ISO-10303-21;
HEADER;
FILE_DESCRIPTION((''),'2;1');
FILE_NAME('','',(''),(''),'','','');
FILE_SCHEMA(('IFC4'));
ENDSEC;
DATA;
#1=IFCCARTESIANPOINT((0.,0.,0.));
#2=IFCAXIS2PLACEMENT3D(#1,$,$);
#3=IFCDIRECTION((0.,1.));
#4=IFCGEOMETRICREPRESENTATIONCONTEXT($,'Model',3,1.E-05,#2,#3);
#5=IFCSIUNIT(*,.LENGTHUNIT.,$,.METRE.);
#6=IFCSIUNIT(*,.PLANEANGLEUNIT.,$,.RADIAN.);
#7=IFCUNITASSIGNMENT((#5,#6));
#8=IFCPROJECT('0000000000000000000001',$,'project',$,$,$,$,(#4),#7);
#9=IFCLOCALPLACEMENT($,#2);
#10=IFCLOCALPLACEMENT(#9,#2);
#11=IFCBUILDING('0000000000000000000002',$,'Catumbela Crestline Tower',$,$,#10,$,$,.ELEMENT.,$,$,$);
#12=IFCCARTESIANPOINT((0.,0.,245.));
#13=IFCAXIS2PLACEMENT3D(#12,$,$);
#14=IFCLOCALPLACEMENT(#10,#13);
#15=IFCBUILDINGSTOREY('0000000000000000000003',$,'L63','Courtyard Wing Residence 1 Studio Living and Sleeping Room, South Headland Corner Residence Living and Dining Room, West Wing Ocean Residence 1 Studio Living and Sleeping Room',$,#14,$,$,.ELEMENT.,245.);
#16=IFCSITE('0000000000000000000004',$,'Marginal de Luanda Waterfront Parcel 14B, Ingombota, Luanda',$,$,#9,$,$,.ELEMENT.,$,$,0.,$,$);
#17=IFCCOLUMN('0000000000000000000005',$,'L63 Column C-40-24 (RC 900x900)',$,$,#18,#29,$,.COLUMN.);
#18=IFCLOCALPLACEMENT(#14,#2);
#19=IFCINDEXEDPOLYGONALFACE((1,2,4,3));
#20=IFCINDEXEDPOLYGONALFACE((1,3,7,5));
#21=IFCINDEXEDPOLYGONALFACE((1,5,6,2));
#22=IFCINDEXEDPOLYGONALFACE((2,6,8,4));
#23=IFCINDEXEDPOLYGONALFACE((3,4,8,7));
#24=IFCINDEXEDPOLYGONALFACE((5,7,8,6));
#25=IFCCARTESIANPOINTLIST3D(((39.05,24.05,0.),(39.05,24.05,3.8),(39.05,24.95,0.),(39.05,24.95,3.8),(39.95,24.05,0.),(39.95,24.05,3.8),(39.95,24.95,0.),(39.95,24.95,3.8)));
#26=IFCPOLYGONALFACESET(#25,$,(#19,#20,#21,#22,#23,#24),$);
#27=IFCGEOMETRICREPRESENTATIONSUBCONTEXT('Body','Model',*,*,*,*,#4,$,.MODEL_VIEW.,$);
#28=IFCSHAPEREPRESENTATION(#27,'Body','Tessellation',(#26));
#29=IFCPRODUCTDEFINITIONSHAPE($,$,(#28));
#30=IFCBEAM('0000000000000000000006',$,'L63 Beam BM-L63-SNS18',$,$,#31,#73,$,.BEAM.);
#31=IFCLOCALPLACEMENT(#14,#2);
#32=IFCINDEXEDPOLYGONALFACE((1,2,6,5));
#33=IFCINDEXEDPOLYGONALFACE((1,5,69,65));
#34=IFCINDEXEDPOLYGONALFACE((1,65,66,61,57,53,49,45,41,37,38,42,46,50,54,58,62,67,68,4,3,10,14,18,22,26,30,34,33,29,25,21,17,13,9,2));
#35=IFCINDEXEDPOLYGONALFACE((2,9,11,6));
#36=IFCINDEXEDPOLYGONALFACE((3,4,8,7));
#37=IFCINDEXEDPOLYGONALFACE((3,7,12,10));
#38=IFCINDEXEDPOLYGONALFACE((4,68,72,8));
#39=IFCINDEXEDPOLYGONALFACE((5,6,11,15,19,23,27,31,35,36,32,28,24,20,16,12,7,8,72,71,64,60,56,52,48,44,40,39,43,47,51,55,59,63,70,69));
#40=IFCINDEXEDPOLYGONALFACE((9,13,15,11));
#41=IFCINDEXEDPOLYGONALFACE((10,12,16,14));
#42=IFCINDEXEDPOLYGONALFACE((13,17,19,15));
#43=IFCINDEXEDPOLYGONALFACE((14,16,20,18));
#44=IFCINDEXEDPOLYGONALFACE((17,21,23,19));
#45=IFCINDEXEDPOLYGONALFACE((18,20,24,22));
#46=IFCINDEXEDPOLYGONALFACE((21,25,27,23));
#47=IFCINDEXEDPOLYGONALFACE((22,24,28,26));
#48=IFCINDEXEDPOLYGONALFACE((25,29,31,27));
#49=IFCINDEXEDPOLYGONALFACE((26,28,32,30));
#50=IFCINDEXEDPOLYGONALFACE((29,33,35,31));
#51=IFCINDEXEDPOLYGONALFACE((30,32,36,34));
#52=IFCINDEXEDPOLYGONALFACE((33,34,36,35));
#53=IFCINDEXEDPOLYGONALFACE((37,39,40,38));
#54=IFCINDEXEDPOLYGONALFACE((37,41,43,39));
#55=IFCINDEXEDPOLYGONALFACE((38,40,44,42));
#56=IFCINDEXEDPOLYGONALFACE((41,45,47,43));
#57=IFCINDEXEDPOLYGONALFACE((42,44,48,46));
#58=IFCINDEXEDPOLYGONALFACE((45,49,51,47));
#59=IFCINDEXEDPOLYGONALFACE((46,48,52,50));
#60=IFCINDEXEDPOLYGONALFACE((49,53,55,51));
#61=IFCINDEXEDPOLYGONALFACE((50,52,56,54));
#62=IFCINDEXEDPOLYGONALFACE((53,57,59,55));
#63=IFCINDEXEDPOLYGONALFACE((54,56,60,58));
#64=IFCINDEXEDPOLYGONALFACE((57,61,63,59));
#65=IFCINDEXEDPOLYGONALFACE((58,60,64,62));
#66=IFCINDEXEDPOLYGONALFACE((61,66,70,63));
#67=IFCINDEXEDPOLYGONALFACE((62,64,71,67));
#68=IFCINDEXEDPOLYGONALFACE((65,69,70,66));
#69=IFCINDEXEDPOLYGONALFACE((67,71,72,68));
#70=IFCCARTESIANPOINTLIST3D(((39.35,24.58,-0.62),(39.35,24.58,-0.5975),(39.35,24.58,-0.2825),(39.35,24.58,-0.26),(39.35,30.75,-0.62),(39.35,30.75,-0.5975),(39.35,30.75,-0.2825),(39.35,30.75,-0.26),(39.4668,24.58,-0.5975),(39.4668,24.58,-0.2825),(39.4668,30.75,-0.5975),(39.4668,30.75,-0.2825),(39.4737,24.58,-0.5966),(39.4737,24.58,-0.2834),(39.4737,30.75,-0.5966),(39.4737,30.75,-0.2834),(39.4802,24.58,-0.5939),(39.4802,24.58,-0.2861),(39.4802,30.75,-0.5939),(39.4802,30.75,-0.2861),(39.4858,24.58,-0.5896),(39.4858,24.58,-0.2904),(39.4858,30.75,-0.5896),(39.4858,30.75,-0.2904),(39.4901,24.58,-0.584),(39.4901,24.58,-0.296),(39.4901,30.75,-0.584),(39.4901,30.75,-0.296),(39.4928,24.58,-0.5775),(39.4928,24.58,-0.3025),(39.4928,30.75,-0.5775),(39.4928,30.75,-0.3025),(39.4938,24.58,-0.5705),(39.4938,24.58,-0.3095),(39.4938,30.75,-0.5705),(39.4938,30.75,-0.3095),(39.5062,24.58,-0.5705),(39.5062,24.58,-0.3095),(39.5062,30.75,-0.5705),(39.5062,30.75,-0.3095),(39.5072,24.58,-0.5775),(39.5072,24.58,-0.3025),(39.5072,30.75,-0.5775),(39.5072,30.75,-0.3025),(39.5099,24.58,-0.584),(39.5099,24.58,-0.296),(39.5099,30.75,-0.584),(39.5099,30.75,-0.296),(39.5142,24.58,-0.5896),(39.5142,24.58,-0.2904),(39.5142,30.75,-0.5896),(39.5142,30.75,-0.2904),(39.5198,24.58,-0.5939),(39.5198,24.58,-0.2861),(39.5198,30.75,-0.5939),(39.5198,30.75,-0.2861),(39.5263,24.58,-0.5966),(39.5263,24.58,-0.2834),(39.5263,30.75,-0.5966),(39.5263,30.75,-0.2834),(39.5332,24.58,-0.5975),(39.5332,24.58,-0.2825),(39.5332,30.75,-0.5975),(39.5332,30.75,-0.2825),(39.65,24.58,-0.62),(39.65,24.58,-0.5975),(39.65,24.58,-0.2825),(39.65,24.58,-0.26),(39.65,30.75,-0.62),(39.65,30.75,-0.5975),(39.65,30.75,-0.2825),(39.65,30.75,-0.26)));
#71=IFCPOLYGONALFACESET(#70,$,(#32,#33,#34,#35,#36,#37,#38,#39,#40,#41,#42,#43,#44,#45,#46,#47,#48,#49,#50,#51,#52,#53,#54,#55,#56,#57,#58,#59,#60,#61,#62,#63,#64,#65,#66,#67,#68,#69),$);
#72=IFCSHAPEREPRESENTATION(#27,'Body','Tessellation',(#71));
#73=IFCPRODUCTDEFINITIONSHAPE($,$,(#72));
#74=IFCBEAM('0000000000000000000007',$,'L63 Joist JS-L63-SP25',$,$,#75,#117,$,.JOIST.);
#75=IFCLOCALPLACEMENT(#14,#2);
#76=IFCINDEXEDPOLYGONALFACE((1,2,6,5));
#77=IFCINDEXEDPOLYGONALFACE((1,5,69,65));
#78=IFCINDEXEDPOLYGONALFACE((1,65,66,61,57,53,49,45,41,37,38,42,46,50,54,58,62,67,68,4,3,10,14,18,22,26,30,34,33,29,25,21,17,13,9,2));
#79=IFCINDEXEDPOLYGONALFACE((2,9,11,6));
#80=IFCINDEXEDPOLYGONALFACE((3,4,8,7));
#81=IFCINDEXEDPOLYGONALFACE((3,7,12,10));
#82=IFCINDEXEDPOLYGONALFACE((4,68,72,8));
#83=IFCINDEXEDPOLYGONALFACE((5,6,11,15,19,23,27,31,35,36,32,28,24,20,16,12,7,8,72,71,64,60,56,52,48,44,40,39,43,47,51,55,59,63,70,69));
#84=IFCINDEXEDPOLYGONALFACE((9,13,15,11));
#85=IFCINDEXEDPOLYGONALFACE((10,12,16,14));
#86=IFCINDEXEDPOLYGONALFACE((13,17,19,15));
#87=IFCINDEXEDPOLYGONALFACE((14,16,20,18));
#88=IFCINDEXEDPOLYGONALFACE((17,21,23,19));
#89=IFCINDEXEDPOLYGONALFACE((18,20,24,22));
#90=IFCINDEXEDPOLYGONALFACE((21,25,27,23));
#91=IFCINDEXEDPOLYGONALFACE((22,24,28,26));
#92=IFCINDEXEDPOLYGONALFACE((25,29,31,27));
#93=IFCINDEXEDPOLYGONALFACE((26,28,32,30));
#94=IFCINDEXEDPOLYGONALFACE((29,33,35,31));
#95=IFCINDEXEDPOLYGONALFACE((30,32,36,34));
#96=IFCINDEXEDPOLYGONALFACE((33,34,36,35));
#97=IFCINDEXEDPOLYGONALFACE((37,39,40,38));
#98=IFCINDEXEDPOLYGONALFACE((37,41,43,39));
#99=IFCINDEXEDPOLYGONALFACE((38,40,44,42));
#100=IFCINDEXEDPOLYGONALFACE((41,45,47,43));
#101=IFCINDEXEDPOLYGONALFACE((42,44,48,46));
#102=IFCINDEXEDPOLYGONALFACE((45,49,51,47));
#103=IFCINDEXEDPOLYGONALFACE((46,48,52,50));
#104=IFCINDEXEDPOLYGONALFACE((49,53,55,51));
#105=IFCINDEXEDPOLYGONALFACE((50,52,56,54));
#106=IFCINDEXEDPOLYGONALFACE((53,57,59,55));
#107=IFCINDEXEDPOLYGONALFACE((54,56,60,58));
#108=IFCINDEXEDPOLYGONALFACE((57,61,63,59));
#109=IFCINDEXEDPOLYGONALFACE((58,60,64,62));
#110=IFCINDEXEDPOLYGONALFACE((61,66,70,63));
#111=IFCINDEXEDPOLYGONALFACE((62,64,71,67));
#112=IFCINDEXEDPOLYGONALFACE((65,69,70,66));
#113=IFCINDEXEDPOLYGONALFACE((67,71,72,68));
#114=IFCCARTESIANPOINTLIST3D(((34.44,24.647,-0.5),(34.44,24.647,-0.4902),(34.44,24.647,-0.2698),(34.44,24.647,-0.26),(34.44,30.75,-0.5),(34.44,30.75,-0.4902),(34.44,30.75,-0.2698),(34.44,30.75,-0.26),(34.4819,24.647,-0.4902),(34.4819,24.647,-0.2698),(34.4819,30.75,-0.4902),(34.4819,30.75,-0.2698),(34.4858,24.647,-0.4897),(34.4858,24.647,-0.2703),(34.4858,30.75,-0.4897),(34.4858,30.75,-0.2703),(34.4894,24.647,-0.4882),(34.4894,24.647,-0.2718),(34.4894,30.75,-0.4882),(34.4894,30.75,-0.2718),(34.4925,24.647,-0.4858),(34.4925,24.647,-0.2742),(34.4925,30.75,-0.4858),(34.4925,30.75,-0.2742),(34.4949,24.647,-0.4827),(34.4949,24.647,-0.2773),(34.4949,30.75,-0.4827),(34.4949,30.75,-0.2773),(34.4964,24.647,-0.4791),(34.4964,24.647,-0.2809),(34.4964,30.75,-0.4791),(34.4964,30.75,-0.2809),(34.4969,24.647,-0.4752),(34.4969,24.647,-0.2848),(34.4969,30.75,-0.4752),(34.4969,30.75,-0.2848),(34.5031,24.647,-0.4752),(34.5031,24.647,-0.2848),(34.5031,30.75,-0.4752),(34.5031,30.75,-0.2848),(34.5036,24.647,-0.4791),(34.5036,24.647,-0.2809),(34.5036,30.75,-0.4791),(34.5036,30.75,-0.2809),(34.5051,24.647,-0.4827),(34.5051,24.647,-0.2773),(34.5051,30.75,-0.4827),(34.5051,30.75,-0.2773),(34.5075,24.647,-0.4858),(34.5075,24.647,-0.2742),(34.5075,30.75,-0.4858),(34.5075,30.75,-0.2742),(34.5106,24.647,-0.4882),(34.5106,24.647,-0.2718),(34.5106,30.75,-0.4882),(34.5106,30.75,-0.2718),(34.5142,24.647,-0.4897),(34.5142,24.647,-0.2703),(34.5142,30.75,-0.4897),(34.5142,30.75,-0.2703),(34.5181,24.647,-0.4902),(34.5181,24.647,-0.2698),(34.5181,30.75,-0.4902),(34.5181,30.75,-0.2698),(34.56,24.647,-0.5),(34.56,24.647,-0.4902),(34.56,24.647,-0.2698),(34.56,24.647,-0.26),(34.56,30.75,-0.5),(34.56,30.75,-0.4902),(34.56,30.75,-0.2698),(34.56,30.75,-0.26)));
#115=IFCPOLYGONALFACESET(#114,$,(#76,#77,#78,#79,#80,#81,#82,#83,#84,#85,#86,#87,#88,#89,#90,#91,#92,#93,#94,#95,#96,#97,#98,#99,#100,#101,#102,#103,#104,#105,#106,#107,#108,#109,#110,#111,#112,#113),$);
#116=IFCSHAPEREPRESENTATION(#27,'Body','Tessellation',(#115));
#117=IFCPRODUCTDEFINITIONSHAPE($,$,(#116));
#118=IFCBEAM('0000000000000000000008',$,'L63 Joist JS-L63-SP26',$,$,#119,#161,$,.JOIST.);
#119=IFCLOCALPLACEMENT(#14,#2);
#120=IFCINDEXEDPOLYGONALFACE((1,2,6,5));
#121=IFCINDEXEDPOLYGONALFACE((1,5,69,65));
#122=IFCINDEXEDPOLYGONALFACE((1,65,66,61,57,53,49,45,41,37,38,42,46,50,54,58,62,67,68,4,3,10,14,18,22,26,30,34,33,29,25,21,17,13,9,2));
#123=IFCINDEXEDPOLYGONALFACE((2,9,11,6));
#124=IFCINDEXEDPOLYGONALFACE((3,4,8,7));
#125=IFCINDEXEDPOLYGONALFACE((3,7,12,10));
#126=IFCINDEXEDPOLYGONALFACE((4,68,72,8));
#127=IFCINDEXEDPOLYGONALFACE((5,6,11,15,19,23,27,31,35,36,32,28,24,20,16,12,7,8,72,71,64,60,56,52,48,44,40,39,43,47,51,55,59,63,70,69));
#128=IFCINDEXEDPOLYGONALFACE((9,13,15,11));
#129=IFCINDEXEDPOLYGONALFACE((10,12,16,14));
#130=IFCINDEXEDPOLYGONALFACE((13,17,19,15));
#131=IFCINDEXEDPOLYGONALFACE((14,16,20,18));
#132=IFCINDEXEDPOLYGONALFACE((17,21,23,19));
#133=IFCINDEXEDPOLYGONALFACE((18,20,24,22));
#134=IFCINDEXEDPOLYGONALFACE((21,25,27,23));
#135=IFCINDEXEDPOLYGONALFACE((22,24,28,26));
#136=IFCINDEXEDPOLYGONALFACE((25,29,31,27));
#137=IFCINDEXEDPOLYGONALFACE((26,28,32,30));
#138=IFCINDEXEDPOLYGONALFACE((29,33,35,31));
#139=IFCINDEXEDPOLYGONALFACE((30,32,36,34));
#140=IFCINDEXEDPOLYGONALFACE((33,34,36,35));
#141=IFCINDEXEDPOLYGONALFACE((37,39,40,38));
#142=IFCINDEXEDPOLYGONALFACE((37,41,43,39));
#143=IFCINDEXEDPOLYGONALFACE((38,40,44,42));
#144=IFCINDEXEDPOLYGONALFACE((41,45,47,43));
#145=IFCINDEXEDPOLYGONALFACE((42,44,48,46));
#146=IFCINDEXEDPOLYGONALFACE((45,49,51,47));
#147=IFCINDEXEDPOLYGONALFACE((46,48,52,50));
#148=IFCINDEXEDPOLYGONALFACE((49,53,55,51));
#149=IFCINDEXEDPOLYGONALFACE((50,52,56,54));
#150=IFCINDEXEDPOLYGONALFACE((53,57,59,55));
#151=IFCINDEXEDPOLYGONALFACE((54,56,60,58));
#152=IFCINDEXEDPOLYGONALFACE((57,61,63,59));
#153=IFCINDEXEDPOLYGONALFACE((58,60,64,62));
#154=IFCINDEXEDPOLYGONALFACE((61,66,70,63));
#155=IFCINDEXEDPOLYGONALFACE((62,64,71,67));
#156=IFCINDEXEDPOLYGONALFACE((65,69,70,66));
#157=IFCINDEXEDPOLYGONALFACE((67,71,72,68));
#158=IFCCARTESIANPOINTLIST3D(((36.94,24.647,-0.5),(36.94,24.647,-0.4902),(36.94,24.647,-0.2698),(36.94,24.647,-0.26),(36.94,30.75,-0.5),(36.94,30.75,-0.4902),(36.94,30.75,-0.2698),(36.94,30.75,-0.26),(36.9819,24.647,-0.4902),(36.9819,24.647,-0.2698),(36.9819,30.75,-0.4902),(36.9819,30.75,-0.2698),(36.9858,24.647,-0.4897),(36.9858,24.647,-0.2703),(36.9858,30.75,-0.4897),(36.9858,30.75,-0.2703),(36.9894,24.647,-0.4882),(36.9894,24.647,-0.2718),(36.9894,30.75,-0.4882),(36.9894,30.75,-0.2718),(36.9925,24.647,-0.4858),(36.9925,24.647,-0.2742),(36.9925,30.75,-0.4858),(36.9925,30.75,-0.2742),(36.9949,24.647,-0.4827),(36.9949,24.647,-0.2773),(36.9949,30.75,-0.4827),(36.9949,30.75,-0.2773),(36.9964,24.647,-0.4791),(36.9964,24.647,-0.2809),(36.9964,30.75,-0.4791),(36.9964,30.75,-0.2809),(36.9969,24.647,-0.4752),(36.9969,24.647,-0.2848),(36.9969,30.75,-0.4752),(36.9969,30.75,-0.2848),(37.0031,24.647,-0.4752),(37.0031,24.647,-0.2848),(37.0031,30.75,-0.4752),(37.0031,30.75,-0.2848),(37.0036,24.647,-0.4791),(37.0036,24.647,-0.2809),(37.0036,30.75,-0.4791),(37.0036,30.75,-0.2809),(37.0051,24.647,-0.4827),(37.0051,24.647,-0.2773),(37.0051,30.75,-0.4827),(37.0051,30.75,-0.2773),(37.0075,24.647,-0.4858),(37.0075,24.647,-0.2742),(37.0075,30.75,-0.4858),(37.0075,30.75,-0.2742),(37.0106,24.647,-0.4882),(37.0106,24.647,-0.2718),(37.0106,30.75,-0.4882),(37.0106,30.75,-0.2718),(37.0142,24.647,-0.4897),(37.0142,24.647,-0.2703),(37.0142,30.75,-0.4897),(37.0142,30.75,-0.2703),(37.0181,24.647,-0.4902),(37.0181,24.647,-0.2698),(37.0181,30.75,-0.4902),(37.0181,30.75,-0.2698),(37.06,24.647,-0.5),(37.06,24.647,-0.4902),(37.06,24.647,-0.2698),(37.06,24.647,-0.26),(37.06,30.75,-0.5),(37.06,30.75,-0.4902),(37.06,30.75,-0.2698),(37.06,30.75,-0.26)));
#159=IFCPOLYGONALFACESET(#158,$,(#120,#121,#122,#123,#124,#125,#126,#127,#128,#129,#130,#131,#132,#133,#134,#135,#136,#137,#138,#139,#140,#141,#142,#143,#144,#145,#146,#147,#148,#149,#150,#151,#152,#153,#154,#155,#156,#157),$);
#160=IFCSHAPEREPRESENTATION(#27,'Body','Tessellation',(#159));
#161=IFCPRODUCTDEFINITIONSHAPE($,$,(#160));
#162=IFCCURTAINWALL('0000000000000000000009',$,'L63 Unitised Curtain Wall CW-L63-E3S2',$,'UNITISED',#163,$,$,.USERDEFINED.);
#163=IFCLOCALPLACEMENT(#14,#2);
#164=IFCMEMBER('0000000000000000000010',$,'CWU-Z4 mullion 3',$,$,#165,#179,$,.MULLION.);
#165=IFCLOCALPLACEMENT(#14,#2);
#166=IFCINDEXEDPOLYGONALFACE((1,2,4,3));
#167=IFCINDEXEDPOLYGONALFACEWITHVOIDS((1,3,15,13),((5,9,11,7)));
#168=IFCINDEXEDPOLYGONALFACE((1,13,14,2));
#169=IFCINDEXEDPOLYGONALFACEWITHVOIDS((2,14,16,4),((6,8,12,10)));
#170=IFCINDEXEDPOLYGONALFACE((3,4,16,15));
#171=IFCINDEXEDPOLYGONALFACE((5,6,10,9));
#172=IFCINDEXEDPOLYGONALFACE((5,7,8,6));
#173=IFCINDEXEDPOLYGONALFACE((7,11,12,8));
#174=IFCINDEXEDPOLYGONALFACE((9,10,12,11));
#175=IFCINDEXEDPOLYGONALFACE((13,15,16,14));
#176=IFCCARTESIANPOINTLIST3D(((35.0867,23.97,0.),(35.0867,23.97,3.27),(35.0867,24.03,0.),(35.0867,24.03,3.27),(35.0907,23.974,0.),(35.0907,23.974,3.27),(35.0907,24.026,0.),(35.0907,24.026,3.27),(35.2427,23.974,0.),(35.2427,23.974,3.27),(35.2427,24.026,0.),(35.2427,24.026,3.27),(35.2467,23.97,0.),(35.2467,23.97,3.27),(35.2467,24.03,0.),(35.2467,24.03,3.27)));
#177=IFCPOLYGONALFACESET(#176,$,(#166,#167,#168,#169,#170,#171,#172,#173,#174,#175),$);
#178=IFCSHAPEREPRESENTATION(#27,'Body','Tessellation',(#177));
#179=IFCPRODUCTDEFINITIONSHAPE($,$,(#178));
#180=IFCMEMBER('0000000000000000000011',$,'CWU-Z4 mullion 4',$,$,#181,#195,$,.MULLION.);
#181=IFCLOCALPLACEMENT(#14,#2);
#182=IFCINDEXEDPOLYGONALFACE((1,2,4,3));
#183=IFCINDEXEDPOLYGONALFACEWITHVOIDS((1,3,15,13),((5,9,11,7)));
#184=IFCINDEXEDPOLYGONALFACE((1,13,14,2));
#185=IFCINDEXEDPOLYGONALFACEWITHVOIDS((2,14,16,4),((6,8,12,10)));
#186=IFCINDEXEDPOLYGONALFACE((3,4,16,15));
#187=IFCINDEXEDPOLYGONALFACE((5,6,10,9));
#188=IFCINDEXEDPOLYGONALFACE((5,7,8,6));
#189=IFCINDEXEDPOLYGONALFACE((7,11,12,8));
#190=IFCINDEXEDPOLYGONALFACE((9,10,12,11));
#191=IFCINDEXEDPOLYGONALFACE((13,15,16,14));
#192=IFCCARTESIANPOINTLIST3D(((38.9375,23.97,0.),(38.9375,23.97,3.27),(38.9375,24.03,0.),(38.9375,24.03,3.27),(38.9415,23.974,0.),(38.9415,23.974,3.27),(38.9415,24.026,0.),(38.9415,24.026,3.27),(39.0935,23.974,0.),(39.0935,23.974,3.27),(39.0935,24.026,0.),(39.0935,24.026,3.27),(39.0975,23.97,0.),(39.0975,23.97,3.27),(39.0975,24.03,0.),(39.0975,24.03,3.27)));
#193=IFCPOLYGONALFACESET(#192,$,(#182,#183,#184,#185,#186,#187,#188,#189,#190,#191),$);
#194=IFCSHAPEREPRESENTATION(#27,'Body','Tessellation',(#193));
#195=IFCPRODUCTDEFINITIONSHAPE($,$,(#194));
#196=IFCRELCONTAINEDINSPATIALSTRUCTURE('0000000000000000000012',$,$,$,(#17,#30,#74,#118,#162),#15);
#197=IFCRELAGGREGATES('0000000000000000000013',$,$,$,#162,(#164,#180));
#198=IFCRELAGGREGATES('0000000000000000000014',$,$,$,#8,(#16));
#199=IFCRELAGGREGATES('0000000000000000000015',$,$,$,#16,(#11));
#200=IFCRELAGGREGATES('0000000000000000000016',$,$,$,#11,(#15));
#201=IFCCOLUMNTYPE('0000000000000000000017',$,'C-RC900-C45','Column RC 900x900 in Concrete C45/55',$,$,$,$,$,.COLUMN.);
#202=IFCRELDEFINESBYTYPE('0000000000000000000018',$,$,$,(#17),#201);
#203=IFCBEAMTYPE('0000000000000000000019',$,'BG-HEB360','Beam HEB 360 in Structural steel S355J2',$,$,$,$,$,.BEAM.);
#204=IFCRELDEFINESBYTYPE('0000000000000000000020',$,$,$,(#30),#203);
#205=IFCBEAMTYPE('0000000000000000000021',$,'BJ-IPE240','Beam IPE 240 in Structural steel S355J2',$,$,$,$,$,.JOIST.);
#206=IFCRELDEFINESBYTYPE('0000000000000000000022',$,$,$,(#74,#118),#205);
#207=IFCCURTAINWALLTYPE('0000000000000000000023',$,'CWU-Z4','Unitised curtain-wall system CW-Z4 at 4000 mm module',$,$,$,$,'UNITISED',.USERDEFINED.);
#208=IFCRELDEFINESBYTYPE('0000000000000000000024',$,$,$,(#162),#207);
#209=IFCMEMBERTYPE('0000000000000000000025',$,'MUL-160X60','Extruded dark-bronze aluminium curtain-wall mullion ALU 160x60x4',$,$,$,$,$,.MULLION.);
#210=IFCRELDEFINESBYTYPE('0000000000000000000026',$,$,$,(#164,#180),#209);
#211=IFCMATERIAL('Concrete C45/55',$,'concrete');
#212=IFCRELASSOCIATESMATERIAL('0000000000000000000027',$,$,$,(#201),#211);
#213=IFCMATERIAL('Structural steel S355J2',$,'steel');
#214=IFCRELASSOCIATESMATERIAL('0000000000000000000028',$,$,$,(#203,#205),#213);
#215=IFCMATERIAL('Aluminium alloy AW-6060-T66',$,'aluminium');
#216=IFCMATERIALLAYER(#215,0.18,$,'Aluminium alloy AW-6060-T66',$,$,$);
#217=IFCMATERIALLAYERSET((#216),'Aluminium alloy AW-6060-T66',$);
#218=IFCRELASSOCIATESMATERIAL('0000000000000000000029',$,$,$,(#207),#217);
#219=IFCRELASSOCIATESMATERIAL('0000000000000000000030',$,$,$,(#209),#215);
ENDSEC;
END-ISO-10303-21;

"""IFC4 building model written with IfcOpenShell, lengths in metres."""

from ifc_helpers import new_model, si_unit, direction, frame, origin, origin_2d, place, context, subcontext, project, spatial, rectangle, hollow_rectangle, i_section, extrude, material, layer, layer_set, material_profile, profile_set, type_object, element, aggregate, save


model = new_model("IFC4")

# Units and contexts
model_context = context("Model", 3, precision=1e-05, world=origin(), true_north=direction((0.0, 1.0)))
body_context = subcontext(model_context, "Body", "Model", "MODEL_VIEW")
ifc_project = project(units=[si_unit("LENGTHUNIT", "METRE"), si_unit("PLANEANGLEUNIT", "RADIAN")], contexts=[model_context])

# Site, building, storey
site_placement = place(None, origin())
site = spatial("IfcSite", under=ifc_project, at=site_placement, Name="Marginal de Luanda Waterfront Parcel 14B, Ingombota, Luanda", CompositionType="ELEMENT", RefElevation=0.0)
building_placement = place(site_placement, origin())
building = spatial("IfcBuilding", under=site, at=building_placement, Name="Catumbela Crestline Tower", CompositionType="ELEMENT")
storey_placement = place(building_placement, frame((0.0, 0.0, 245.0)))
storey = spatial("IfcBuildingStorey", under=building, at=storey_placement, Name="L63", Description="Courtyard Wing Residence 1 Studio Living and Sleeping Room, South Headland Corner Residence Living and Dining Room, West Wing Ocean Residence 1 Studio Living and Sleeping Room", CompositionType="ELEMENT", Elevation=245.0)

# Column
ifc_material_1 = material(Name="Concrete C45/55", Category="concrete")
ifc_material_profile_1 = material_profile(ifc_material_1, rectangle(XDim=0.9, YDim=0.9, at=origin_2d()), Name="RC 900x900")
ifc_profile_set_1 = profile_set([ifc_material_profile_1], Name="Concrete C45/55")
column_type = type_object("IfcColumnType", Name="C-RC900-C45", Description="Column RC 900x900 in Concrete C45/55", PredefinedType="COLUMN", material=ifc_profile_set_1)
column_placement = place(storey_placement, frame((39.5, 24.5, 0.0), z_axis=(0.0, 0.0, 1.0), x_axis=(1.0, 0.0, 0.0)))
element("IfcColumn", 1, at=column_placement, inside=storey, type_object=column_type, Name="L63 Column C-40-24 (RC 900x900)", PredefinedType="COLUMN", context=body_context, shape_type="SweptSolid", body=[
    extrude(rectangle(XDim=0.9, YDim=0.9, at=origin_2d()), origin(), (0.0, 0.0, 1.0), 3.8),
])

# Beams
ifc_material_2 = material(Name="Structural steel S355J2", Category="steel")
ifc_material_profile_2 = material_profile(ifc_material_2, i_section(OverallWidth=0.3, OverallDepth=0.36, WebThickness=0.0125, FlangeThickness=0.0225, FilletRadius=0.027, at=origin_2d()), Name="HEB 360")
ifc_profile_set_2 = profile_set([ifc_material_profile_2], Name="Structural steel S355J2")
beam_type_1 = type_object("IfcBeamType", Name="BG-HEB360", Description="Beam HEB 360 in Structural steel S355J2", PredefinedType="BEAM", material=ifc_profile_set_2)
beam_placement = place(storey_placement, frame((39.5, 24.58, -0.44), z_axis=(0.0, 1.0, 0.0), x_axis=(-1.0, 0.0, 0.0)))
element("IfcBeam", 2, at=beam_placement, inside=storey, type_object=beam_type_1, Name="L63 Beam BM-L63-SNS18", PredefinedType="BEAM", context=body_context, shape_type="SweptSolid", body=[
    extrude(i_section(OverallWidth=0.3, OverallDepth=0.36, WebThickness=0.0125, FlangeThickness=0.0225, FilletRadius=0.027, at=origin_2d()), origin(), (0.0, 0.0, 1.0), 6.17),
])
ifc_material_profile_3 = material_profile(ifc_material_2, i_section(OverallWidth=0.12, OverallDepth=0.24, WebThickness=0.0062, FlangeThickness=0.0098, FilletRadius=0.015, at=origin_2d()), Name="IPE 240")
ifc_profile_set_3 = profile_set([ifc_material_profile_3], Name="Structural steel S355J2")
beam_type_2 = type_object("IfcBeamType", Name="BJ-IPE240", Description="Beam IPE 240 in Structural steel S355J2", PredefinedType="JOIST", material=ifc_profile_set_3)
for number, where, z_axis, x_axis, name in (
    (3, (34.5, 24.647, -0.38), (0.0, 1.0, 0.0), (-1.0, 0.0, 0.0), "L63 Joist JS-L63-SP25"),
    (4, (37.0, 24.647, -0.38), (0.0, 1.0, 0.0), (-1.0, 0.0, 0.0), "L63 Joist JS-L63-SP26"),
):
    element("IfcBeam", number, at=place(storey_placement, frame(where, z_axis=z_axis, x_axis=x_axis)), inside=storey, type_object=beam_type_2, Name=name, PredefinedType="JOIST", context=body_context, shape_type="SweptSolid", body=[
        extrude(i_section(OverallWidth=0.12, OverallDepth=0.24, WebThickness=0.0062, FlangeThickness=0.0098, FilletRadius=0.015, at=origin_2d()), origin(), (0.0, 0.0, 1.0), 6.103),
    ])

# Curtain wall, members
ifc_material_3 = material(Name="Aluminium alloy AW-6060-T66", Category="aluminium")
ifc_layer_1 = layer(ifc_material_3, 0.18, Name="Aluminium alloy AW-6060-T66")
ifc_layer_set_1 = layer_set([ifc_layer_1], Name="Aluminium alloy AW-6060-T66")
curtain_wall_type = type_object("IfcCurtainWallType", Name="CWU-Z4", Description="Unitised curtain-wall system CW-Z4 at 4000 mm module", ElementType="UNITISED", PredefinedType="USERDEFINED", material=ifc_layer_set_1)
curtain_wall_placement = place(storey_placement, origin())
curtain_wall = element("IfcCurtainWall", 5, at=curtain_wall_placement, inside=storey, type_object=curtain_wall_type, Name="L63 Unitised Curtain Wall CW-L63-E3S2", ObjectType="UNITISED", PredefinedType="USERDEFINED")
ifc_material_profile_4 = material_profile(ifc_material_3, hollow_rectangle(XDim=0.06, YDim=0.16, WallThickness=0.004, at=origin_2d()), Name="ALU 160x60x4")
ifc_profile_set_4 = profile_set([ifc_material_profile_4], Name="Aluminium alloy AW-6060-T66")
member_type_1 = type_object("IfcMemberType", Name="MUL-160X60", Description="Extruded dark-bronze aluminium curtain-wall mullion ALU 160x60x4", PredefinedType="MULLION", material=ifc_profile_set_4)
member_1_placement = place(storey_placement, frame((35.1667, 24.0, 0.0), z_axis=(0.0, 0.0, 1.0), x_axis=(0.0, 1.0, 0.0)))
member_1 = element("IfcMember", 6, at=member_1_placement, type_object=member_type_1, Name="CWU-Z4 mullion 3", PredefinedType="MULLION", context=body_context, shape_type="SweptSolid", body=[
    extrude(hollow_rectangle(XDim=0.06, YDim=0.16, WallThickness=0.004, at=origin_2d()), origin(), (0.0, 0.0, 1.0), 3.27),
])
member_2_placement = place(storey_placement, frame((39.0175, 24.0, 0.0), z_axis=(0.0, 0.0, 1.0), x_axis=(0.0, 1.0, 0.0)))
member_2 = element("IfcMember", 7, at=member_2_placement, type_object=member_type_1, Name="CWU-Z4 mullion 4", PredefinedType="MULLION", context=body_context, shape_type="SweptSolid", body=[
    extrude(hollow_rectangle(XDim=0.06, YDim=0.16, WallThickness=0.004, at=origin_2d()), origin(), (0.0, 0.0, 1.0), 3.27),
])
aggregate(curtain_wall, [member_1, member_2])

save(model, "model.ifc")
